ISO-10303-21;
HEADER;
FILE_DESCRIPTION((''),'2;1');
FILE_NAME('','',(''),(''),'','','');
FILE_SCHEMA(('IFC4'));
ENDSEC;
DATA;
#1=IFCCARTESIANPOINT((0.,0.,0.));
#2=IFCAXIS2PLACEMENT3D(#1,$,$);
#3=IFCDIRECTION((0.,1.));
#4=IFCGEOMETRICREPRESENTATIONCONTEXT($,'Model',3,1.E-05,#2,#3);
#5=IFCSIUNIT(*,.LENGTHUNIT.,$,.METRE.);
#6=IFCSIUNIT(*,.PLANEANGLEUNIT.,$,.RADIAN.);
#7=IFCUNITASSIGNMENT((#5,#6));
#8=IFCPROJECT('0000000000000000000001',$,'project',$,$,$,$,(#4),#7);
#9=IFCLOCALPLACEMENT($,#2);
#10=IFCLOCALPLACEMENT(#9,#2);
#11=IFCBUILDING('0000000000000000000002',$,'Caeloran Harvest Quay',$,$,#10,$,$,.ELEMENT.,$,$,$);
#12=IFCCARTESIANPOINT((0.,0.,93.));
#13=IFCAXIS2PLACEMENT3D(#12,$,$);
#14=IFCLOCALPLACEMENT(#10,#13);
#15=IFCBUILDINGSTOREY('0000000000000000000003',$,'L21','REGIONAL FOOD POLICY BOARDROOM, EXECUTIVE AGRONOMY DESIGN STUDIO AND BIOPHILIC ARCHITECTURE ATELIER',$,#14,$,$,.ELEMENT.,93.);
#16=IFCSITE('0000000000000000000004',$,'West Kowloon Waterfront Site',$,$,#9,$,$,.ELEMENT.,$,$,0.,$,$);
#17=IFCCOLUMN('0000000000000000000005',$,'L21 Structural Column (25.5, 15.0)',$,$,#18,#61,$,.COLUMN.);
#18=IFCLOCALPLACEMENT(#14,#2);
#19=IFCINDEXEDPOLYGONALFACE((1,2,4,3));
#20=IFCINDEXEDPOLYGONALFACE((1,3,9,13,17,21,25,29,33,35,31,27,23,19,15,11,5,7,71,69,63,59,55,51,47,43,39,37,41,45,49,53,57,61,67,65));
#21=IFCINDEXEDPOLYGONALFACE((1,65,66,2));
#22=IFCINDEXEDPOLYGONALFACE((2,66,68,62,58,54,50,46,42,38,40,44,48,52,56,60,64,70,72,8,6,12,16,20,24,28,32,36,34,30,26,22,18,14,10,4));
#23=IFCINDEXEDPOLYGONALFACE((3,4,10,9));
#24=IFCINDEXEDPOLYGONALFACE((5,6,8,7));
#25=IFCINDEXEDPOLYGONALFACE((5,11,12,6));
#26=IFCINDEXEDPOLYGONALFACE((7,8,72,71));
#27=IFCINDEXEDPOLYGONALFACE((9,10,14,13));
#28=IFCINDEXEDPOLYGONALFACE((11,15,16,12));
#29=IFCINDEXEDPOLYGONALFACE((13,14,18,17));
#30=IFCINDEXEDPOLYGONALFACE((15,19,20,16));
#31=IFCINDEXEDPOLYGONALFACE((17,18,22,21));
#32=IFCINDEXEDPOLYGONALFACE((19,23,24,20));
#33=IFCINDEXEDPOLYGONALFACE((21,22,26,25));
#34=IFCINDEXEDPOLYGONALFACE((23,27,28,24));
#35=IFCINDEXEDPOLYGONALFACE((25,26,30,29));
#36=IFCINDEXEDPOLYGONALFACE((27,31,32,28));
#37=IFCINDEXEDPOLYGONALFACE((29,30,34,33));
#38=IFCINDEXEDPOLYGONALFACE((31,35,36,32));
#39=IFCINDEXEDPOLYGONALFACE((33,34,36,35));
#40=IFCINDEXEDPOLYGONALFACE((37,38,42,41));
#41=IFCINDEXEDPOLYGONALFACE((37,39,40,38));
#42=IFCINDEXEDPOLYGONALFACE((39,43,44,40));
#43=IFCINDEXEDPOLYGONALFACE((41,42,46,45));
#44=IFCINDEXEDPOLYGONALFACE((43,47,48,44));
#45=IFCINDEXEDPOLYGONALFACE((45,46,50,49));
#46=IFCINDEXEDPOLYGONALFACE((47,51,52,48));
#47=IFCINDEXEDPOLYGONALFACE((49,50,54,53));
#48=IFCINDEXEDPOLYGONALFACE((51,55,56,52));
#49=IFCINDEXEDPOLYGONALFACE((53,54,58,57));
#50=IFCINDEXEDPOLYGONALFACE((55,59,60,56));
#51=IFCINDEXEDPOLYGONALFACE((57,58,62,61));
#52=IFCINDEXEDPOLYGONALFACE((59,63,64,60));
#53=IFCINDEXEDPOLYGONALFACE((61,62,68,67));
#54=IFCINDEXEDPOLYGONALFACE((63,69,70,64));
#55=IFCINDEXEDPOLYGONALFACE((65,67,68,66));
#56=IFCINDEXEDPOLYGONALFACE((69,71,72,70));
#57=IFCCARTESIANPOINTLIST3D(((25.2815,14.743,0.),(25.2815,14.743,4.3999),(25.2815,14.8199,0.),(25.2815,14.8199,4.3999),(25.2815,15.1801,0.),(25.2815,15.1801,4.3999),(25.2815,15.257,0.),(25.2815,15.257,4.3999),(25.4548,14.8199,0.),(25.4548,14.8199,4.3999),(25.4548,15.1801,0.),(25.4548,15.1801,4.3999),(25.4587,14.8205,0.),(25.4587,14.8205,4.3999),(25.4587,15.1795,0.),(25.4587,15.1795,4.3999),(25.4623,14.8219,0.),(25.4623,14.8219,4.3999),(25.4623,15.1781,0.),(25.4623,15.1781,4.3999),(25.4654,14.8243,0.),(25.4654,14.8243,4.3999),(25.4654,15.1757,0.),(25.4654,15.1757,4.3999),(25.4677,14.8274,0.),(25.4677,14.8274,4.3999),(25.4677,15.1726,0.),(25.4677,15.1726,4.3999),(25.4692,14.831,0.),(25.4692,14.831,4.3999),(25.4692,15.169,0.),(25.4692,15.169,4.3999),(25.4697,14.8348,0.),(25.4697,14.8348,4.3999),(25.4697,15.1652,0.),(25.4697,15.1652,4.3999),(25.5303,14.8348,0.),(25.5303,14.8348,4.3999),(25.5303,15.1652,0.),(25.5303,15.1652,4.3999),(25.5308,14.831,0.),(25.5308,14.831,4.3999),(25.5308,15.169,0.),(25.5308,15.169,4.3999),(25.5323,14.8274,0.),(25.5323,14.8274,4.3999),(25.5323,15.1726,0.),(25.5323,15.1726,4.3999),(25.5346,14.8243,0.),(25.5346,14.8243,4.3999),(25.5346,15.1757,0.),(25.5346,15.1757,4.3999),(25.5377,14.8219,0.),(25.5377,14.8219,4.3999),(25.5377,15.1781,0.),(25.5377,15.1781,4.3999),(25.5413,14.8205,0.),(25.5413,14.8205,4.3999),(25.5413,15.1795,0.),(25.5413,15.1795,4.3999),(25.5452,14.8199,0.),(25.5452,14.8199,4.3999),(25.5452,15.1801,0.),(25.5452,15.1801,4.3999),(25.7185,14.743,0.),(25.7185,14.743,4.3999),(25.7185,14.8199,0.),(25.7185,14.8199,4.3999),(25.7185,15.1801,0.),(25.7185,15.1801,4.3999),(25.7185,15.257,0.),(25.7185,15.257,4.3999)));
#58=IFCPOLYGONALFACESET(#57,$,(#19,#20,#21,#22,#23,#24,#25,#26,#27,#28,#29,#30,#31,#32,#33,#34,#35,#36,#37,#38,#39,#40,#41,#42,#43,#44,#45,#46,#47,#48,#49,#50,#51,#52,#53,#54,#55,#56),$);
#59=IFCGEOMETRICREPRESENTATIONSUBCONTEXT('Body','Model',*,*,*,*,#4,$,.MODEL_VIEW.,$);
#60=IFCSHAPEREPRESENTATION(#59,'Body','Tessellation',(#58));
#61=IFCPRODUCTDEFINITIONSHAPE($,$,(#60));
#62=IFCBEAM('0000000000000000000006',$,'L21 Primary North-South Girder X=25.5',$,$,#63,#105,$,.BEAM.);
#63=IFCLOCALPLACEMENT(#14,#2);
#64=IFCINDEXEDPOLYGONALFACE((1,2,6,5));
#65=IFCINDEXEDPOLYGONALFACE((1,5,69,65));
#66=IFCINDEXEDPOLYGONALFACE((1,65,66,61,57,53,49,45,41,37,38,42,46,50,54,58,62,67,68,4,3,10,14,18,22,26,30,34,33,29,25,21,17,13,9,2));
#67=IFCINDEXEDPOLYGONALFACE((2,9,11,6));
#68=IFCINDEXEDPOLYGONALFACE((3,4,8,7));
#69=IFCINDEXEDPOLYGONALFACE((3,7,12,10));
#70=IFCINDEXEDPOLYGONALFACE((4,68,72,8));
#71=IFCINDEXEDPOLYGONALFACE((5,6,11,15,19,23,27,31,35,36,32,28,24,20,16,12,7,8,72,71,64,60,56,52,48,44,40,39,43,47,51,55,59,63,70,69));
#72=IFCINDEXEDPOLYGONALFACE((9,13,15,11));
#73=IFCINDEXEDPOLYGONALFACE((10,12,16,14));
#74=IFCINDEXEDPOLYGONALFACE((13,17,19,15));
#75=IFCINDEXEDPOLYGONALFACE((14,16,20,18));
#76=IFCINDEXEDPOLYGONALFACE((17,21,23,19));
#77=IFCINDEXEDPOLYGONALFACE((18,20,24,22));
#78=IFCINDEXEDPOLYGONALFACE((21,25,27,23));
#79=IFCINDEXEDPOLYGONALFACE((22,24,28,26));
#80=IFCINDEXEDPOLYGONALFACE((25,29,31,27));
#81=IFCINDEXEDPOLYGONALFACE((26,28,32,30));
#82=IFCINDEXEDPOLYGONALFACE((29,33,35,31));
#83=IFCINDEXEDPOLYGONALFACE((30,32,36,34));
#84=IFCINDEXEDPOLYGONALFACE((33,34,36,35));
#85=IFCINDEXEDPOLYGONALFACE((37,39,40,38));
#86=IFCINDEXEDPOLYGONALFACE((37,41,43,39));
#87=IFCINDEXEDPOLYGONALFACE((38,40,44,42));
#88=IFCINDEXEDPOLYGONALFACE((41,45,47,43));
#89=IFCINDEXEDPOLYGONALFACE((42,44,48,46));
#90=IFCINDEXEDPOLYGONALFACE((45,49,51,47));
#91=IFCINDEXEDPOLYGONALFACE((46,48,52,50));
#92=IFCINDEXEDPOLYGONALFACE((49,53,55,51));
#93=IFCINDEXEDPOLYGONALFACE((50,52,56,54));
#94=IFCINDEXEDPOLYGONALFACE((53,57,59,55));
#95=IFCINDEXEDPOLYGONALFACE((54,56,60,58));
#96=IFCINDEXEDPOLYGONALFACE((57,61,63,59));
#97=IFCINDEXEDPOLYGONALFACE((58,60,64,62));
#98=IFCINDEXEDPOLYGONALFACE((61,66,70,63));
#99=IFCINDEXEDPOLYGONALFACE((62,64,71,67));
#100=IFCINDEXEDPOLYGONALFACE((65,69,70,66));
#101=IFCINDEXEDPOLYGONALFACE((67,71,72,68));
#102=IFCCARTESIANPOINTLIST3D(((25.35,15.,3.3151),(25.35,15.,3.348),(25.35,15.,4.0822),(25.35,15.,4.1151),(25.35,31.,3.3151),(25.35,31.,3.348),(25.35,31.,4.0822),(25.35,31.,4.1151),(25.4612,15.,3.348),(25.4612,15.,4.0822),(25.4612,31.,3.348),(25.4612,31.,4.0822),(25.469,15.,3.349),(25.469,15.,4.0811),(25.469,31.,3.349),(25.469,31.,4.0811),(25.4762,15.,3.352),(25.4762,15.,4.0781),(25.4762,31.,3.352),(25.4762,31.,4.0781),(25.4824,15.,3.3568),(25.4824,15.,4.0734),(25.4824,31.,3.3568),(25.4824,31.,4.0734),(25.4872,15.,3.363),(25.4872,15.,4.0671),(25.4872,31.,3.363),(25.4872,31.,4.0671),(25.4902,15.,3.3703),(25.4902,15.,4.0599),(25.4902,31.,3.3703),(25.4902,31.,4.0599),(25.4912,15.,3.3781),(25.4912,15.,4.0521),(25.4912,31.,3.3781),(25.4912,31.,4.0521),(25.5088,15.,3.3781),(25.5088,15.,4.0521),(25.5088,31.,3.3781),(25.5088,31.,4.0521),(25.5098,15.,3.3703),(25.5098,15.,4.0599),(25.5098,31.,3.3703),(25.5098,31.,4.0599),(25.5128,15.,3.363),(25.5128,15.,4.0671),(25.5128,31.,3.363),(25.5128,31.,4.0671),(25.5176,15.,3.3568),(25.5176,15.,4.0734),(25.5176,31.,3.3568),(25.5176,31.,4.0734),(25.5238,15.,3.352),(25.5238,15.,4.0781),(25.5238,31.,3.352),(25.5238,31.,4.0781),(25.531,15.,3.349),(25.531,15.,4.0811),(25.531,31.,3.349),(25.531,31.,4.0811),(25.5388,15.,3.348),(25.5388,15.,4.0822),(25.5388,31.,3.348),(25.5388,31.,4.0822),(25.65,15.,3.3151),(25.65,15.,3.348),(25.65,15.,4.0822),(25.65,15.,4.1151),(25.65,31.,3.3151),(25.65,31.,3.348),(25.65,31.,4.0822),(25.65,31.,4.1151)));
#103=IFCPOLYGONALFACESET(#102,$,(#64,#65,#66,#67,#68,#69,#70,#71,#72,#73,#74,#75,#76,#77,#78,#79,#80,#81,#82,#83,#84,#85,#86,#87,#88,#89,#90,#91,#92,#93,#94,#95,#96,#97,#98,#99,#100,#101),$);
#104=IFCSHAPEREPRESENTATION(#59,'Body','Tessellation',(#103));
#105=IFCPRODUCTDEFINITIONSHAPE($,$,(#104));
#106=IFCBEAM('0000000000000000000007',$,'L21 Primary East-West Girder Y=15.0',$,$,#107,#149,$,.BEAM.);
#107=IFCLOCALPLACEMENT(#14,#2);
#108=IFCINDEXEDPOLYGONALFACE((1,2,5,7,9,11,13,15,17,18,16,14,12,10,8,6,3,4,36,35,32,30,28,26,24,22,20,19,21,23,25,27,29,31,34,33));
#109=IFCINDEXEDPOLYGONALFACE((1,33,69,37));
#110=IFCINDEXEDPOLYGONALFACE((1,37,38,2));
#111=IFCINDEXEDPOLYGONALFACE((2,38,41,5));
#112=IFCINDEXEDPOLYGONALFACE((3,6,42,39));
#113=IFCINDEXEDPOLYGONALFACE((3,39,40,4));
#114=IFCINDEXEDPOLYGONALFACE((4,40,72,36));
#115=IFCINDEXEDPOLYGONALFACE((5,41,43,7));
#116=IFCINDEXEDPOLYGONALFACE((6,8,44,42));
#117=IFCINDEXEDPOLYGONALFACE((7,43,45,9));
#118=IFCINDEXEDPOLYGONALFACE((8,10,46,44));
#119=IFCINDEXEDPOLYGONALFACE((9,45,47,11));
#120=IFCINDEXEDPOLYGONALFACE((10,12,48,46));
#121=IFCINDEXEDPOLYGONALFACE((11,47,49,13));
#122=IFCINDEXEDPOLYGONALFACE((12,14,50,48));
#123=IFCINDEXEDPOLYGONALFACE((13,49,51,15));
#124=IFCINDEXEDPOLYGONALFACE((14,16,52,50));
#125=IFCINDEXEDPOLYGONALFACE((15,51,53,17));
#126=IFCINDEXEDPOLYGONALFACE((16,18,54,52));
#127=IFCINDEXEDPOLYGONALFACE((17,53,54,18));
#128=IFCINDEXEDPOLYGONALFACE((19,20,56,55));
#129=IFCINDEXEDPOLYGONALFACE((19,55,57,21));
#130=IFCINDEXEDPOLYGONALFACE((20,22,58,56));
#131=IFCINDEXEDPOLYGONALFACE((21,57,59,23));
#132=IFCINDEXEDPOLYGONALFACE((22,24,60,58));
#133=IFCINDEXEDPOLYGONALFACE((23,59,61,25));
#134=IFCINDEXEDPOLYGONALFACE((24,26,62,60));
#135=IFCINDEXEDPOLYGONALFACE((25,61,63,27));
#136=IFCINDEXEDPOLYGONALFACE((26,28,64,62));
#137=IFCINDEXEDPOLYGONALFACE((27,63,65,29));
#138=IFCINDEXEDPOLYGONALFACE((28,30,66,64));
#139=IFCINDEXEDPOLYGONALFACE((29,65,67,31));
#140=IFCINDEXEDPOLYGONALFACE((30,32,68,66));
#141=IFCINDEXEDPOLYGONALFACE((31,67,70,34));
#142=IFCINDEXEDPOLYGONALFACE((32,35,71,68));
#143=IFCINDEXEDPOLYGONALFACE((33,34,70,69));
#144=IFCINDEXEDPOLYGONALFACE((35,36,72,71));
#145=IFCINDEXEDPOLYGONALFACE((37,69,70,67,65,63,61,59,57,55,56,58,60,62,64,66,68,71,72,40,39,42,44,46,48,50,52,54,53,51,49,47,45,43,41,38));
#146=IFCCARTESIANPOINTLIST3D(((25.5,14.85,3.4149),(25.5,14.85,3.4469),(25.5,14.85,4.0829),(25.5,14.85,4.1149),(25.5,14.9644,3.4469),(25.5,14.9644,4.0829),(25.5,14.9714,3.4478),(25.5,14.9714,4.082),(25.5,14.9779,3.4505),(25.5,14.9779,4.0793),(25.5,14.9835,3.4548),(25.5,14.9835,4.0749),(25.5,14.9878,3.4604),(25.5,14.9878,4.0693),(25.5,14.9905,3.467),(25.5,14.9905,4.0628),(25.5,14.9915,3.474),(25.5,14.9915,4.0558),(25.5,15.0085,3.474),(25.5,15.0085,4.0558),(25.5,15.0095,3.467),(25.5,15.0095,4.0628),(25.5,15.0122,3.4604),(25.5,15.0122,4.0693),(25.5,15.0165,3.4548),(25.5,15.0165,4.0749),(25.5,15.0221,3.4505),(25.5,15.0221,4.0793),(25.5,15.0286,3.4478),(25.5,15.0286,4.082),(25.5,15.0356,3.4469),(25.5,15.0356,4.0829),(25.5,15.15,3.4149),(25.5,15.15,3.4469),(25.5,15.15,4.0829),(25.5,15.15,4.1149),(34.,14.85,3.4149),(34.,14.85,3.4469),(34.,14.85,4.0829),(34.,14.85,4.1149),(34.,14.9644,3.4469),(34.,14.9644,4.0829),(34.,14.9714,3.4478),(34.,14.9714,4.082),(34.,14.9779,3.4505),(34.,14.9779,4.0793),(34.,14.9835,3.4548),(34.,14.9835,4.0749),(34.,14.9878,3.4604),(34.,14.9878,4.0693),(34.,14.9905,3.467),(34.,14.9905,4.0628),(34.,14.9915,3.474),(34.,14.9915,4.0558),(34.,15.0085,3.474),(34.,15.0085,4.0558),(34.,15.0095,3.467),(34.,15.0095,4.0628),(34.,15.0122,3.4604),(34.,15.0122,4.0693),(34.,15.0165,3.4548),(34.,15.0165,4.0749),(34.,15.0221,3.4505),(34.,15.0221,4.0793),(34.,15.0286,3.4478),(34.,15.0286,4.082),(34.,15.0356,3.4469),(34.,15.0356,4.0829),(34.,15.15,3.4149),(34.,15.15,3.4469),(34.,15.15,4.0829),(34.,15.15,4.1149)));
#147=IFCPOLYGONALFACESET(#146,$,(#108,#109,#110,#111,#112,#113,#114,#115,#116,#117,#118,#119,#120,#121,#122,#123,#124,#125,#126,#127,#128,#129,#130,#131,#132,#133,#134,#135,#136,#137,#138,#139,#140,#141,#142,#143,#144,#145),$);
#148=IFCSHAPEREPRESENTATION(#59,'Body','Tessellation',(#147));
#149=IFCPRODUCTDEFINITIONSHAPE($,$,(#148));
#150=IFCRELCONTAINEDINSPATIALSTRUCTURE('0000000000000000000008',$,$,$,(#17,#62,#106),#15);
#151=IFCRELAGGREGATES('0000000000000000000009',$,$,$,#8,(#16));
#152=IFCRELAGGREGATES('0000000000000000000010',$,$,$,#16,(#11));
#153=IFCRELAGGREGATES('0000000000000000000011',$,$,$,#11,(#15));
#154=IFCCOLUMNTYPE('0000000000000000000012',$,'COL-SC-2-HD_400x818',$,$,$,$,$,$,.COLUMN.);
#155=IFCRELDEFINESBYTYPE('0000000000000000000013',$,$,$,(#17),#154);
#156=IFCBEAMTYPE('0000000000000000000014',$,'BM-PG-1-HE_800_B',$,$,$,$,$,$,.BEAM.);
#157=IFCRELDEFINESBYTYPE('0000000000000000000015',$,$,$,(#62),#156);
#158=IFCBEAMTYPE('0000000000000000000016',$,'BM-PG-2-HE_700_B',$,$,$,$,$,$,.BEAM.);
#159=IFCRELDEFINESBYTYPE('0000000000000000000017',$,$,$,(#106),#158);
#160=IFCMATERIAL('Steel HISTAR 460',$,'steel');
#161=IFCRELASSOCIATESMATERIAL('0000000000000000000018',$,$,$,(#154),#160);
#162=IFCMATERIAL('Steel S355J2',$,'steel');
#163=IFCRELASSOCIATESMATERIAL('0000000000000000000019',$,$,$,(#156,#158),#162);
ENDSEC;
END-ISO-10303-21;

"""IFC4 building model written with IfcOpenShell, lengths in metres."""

from ifc_helpers import new_model, si_unit, direction, frame, origin, origin_2d, place, context, subcontext, project, spatial, i_section, extrude, material, material_profile, profile_set, type_object, element, save


model = new_model("IFC4")

# Units and contexts
model_context = context("Model", 3, precision=1e-05, world=origin(), true_north=direction((0.0, 1.0)))
body_context = subcontext(model_context, "Body", "Model", "MODEL_VIEW")
ifc_project = project(units=[si_unit("LENGTHUNIT", "METRE"), si_unit("PLANEANGLEUNIT", "RADIAN")], contexts=[model_context])

# Site, building, storey
site_placement = place(None, origin())
site = spatial("IfcSite", under=ifc_project, at=site_placement, Name="West Kowloon Waterfront Site", CompositionType="ELEMENT", RefElevation=0.0)
building_placement = place(site_placement, origin())
building = spatial("IfcBuilding", under=site, at=building_placement, Name="Caeloran Harvest Quay", CompositionType="ELEMENT")
storey_placement = place(building_placement, frame((0.0, 0.0, 93.0)))
storey = spatial("IfcBuildingStorey", under=building, at=storey_placement, Name="L21", Description="REGIONAL FOOD POLICY BOARDROOM, EXECUTIVE AGRONOMY DESIGN STUDIO AND BIOPHILIC ARCHITECTURE ATELIER", CompositionType="ELEMENT", Elevation=93.0)

# Column
ifc_material_1 = material(Name="Steel HISTAR 460", Category="steel")
ifc_material_profile_1 = material_profile(ifc_material_1, i_section(OverallWidth=0.437, OverallDepth=0.5139, WebThickness=0.0605, FlangeThickness=0.0769, FilletRadius=0.0149, at=origin_2d()), Name="HD 400x818")
ifc_profile_set_1 = profile_set([ifc_material_profile_1], Name="Steel HISTAR 460")
column_type = type_object("IfcColumnType", Name="COL-SC-2-HD_400x818", PredefinedType="COLUMN", material=ifc_profile_set_1)
column_placement = place(storey_placement, frame((25.5, 15.0, 0.0), z_axis=(0.0, 0.0, 1.0), x_axis=(1.0, 0.0, 0.0)))
element("IfcColumn", 1, at=column_placement, inside=storey, type_object=column_type, Name="L21 Structural Column (25.5, 15.0)", PredefinedType="COLUMN", context=body_context, shape_type="SweptSolid", body=[
    extrude(i_section(OverallWidth=0.437, OverallDepth=0.5139, WebThickness=0.0605, FlangeThickness=0.0769, FilletRadius=0.0149, at=origin_2d()), origin(), (0.0, 0.0, 1.0), 4.3999),
])

# Beams
ifc_material_2 = material(Name="Steel S355J2", Category="steel")
ifc_material_profile_2 = material_profile(ifc_material_2, i_section(OverallWidth=0.3, OverallDepth=0.8, WebThickness=0.0176, FlangeThickness=0.033, FilletRadius=0.03, at=origin_2d()), Name="HE 800 B")
ifc_profile_set_2 = profile_set([ifc_material_profile_2], Name="Steel S355J2")
beam_type_1 = type_object("IfcBeamType", Name="BM-PG-1-HE_800_B", PredefinedType="BEAM", material=ifc_profile_set_2)
beam_1_placement = place(storey_placement, frame((25.5, 15.0, 3.7151), z_axis=(0.0, 1.0, 0.0), x_axis=(-1.0, 0.0, 0.0)))
element("IfcBeam", 2, at=beam_1_placement, inside=storey, type_object=beam_type_1, Name="L21 Primary North-South Girder X=25.5", PredefinedType="BEAM", context=body_context, shape_type="SweptSolid", body=[
    extrude(i_section(OverallWidth=0.3, OverallDepth=0.8, WebThickness=0.0176, FlangeThickness=0.033, FilletRadius=0.03, at=origin_2d()), origin(), (0.0, 0.0, 1.0), 16.0),
])
ifc_material_profile_3 = material_profile(ifc_material_2, i_section(OverallWidth=0.3, OverallDepth=0.7, WebThickness=0.0171, FlangeThickness=0.032, FilletRadius=0.0271, at=origin_2d()), Name="HE 700 B")
ifc_profile_set_3 = profile_set([ifc_material_profile_3], Name="Steel S355J2")
beam_type_2 = type_object("IfcBeamType", Name="BM-PG-2-HE_700_B", PredefinedType="BEAM", material=ifc_profile_set_3)
beam_2_placement = place(storey_placement, frame((25.5, 15.0, 3.7649), z_axis=(1.0, 0.0, 0.0), x_axis=(0.0, 1.0, 0.0)))
element("IfcBeam", 3, at=beam_2_placement, inside=storey, type_object=beam_type_2, Name="L21 Primary East-West Girder Y=15.0", PredefinedType="BEAM", context=body_context, shape_type="SweptSolid", body=[
    extrude(i_section(OverallWidth=0.3, OverallDepth=0.7, WebThickness=0.0171, FlangeThickness=0.032, FilletRadius=0.0271, at=origin_2d()), origin(), (0.0, 0.0, 1.0), 8.5),
])

save(model, "model.ifc")
